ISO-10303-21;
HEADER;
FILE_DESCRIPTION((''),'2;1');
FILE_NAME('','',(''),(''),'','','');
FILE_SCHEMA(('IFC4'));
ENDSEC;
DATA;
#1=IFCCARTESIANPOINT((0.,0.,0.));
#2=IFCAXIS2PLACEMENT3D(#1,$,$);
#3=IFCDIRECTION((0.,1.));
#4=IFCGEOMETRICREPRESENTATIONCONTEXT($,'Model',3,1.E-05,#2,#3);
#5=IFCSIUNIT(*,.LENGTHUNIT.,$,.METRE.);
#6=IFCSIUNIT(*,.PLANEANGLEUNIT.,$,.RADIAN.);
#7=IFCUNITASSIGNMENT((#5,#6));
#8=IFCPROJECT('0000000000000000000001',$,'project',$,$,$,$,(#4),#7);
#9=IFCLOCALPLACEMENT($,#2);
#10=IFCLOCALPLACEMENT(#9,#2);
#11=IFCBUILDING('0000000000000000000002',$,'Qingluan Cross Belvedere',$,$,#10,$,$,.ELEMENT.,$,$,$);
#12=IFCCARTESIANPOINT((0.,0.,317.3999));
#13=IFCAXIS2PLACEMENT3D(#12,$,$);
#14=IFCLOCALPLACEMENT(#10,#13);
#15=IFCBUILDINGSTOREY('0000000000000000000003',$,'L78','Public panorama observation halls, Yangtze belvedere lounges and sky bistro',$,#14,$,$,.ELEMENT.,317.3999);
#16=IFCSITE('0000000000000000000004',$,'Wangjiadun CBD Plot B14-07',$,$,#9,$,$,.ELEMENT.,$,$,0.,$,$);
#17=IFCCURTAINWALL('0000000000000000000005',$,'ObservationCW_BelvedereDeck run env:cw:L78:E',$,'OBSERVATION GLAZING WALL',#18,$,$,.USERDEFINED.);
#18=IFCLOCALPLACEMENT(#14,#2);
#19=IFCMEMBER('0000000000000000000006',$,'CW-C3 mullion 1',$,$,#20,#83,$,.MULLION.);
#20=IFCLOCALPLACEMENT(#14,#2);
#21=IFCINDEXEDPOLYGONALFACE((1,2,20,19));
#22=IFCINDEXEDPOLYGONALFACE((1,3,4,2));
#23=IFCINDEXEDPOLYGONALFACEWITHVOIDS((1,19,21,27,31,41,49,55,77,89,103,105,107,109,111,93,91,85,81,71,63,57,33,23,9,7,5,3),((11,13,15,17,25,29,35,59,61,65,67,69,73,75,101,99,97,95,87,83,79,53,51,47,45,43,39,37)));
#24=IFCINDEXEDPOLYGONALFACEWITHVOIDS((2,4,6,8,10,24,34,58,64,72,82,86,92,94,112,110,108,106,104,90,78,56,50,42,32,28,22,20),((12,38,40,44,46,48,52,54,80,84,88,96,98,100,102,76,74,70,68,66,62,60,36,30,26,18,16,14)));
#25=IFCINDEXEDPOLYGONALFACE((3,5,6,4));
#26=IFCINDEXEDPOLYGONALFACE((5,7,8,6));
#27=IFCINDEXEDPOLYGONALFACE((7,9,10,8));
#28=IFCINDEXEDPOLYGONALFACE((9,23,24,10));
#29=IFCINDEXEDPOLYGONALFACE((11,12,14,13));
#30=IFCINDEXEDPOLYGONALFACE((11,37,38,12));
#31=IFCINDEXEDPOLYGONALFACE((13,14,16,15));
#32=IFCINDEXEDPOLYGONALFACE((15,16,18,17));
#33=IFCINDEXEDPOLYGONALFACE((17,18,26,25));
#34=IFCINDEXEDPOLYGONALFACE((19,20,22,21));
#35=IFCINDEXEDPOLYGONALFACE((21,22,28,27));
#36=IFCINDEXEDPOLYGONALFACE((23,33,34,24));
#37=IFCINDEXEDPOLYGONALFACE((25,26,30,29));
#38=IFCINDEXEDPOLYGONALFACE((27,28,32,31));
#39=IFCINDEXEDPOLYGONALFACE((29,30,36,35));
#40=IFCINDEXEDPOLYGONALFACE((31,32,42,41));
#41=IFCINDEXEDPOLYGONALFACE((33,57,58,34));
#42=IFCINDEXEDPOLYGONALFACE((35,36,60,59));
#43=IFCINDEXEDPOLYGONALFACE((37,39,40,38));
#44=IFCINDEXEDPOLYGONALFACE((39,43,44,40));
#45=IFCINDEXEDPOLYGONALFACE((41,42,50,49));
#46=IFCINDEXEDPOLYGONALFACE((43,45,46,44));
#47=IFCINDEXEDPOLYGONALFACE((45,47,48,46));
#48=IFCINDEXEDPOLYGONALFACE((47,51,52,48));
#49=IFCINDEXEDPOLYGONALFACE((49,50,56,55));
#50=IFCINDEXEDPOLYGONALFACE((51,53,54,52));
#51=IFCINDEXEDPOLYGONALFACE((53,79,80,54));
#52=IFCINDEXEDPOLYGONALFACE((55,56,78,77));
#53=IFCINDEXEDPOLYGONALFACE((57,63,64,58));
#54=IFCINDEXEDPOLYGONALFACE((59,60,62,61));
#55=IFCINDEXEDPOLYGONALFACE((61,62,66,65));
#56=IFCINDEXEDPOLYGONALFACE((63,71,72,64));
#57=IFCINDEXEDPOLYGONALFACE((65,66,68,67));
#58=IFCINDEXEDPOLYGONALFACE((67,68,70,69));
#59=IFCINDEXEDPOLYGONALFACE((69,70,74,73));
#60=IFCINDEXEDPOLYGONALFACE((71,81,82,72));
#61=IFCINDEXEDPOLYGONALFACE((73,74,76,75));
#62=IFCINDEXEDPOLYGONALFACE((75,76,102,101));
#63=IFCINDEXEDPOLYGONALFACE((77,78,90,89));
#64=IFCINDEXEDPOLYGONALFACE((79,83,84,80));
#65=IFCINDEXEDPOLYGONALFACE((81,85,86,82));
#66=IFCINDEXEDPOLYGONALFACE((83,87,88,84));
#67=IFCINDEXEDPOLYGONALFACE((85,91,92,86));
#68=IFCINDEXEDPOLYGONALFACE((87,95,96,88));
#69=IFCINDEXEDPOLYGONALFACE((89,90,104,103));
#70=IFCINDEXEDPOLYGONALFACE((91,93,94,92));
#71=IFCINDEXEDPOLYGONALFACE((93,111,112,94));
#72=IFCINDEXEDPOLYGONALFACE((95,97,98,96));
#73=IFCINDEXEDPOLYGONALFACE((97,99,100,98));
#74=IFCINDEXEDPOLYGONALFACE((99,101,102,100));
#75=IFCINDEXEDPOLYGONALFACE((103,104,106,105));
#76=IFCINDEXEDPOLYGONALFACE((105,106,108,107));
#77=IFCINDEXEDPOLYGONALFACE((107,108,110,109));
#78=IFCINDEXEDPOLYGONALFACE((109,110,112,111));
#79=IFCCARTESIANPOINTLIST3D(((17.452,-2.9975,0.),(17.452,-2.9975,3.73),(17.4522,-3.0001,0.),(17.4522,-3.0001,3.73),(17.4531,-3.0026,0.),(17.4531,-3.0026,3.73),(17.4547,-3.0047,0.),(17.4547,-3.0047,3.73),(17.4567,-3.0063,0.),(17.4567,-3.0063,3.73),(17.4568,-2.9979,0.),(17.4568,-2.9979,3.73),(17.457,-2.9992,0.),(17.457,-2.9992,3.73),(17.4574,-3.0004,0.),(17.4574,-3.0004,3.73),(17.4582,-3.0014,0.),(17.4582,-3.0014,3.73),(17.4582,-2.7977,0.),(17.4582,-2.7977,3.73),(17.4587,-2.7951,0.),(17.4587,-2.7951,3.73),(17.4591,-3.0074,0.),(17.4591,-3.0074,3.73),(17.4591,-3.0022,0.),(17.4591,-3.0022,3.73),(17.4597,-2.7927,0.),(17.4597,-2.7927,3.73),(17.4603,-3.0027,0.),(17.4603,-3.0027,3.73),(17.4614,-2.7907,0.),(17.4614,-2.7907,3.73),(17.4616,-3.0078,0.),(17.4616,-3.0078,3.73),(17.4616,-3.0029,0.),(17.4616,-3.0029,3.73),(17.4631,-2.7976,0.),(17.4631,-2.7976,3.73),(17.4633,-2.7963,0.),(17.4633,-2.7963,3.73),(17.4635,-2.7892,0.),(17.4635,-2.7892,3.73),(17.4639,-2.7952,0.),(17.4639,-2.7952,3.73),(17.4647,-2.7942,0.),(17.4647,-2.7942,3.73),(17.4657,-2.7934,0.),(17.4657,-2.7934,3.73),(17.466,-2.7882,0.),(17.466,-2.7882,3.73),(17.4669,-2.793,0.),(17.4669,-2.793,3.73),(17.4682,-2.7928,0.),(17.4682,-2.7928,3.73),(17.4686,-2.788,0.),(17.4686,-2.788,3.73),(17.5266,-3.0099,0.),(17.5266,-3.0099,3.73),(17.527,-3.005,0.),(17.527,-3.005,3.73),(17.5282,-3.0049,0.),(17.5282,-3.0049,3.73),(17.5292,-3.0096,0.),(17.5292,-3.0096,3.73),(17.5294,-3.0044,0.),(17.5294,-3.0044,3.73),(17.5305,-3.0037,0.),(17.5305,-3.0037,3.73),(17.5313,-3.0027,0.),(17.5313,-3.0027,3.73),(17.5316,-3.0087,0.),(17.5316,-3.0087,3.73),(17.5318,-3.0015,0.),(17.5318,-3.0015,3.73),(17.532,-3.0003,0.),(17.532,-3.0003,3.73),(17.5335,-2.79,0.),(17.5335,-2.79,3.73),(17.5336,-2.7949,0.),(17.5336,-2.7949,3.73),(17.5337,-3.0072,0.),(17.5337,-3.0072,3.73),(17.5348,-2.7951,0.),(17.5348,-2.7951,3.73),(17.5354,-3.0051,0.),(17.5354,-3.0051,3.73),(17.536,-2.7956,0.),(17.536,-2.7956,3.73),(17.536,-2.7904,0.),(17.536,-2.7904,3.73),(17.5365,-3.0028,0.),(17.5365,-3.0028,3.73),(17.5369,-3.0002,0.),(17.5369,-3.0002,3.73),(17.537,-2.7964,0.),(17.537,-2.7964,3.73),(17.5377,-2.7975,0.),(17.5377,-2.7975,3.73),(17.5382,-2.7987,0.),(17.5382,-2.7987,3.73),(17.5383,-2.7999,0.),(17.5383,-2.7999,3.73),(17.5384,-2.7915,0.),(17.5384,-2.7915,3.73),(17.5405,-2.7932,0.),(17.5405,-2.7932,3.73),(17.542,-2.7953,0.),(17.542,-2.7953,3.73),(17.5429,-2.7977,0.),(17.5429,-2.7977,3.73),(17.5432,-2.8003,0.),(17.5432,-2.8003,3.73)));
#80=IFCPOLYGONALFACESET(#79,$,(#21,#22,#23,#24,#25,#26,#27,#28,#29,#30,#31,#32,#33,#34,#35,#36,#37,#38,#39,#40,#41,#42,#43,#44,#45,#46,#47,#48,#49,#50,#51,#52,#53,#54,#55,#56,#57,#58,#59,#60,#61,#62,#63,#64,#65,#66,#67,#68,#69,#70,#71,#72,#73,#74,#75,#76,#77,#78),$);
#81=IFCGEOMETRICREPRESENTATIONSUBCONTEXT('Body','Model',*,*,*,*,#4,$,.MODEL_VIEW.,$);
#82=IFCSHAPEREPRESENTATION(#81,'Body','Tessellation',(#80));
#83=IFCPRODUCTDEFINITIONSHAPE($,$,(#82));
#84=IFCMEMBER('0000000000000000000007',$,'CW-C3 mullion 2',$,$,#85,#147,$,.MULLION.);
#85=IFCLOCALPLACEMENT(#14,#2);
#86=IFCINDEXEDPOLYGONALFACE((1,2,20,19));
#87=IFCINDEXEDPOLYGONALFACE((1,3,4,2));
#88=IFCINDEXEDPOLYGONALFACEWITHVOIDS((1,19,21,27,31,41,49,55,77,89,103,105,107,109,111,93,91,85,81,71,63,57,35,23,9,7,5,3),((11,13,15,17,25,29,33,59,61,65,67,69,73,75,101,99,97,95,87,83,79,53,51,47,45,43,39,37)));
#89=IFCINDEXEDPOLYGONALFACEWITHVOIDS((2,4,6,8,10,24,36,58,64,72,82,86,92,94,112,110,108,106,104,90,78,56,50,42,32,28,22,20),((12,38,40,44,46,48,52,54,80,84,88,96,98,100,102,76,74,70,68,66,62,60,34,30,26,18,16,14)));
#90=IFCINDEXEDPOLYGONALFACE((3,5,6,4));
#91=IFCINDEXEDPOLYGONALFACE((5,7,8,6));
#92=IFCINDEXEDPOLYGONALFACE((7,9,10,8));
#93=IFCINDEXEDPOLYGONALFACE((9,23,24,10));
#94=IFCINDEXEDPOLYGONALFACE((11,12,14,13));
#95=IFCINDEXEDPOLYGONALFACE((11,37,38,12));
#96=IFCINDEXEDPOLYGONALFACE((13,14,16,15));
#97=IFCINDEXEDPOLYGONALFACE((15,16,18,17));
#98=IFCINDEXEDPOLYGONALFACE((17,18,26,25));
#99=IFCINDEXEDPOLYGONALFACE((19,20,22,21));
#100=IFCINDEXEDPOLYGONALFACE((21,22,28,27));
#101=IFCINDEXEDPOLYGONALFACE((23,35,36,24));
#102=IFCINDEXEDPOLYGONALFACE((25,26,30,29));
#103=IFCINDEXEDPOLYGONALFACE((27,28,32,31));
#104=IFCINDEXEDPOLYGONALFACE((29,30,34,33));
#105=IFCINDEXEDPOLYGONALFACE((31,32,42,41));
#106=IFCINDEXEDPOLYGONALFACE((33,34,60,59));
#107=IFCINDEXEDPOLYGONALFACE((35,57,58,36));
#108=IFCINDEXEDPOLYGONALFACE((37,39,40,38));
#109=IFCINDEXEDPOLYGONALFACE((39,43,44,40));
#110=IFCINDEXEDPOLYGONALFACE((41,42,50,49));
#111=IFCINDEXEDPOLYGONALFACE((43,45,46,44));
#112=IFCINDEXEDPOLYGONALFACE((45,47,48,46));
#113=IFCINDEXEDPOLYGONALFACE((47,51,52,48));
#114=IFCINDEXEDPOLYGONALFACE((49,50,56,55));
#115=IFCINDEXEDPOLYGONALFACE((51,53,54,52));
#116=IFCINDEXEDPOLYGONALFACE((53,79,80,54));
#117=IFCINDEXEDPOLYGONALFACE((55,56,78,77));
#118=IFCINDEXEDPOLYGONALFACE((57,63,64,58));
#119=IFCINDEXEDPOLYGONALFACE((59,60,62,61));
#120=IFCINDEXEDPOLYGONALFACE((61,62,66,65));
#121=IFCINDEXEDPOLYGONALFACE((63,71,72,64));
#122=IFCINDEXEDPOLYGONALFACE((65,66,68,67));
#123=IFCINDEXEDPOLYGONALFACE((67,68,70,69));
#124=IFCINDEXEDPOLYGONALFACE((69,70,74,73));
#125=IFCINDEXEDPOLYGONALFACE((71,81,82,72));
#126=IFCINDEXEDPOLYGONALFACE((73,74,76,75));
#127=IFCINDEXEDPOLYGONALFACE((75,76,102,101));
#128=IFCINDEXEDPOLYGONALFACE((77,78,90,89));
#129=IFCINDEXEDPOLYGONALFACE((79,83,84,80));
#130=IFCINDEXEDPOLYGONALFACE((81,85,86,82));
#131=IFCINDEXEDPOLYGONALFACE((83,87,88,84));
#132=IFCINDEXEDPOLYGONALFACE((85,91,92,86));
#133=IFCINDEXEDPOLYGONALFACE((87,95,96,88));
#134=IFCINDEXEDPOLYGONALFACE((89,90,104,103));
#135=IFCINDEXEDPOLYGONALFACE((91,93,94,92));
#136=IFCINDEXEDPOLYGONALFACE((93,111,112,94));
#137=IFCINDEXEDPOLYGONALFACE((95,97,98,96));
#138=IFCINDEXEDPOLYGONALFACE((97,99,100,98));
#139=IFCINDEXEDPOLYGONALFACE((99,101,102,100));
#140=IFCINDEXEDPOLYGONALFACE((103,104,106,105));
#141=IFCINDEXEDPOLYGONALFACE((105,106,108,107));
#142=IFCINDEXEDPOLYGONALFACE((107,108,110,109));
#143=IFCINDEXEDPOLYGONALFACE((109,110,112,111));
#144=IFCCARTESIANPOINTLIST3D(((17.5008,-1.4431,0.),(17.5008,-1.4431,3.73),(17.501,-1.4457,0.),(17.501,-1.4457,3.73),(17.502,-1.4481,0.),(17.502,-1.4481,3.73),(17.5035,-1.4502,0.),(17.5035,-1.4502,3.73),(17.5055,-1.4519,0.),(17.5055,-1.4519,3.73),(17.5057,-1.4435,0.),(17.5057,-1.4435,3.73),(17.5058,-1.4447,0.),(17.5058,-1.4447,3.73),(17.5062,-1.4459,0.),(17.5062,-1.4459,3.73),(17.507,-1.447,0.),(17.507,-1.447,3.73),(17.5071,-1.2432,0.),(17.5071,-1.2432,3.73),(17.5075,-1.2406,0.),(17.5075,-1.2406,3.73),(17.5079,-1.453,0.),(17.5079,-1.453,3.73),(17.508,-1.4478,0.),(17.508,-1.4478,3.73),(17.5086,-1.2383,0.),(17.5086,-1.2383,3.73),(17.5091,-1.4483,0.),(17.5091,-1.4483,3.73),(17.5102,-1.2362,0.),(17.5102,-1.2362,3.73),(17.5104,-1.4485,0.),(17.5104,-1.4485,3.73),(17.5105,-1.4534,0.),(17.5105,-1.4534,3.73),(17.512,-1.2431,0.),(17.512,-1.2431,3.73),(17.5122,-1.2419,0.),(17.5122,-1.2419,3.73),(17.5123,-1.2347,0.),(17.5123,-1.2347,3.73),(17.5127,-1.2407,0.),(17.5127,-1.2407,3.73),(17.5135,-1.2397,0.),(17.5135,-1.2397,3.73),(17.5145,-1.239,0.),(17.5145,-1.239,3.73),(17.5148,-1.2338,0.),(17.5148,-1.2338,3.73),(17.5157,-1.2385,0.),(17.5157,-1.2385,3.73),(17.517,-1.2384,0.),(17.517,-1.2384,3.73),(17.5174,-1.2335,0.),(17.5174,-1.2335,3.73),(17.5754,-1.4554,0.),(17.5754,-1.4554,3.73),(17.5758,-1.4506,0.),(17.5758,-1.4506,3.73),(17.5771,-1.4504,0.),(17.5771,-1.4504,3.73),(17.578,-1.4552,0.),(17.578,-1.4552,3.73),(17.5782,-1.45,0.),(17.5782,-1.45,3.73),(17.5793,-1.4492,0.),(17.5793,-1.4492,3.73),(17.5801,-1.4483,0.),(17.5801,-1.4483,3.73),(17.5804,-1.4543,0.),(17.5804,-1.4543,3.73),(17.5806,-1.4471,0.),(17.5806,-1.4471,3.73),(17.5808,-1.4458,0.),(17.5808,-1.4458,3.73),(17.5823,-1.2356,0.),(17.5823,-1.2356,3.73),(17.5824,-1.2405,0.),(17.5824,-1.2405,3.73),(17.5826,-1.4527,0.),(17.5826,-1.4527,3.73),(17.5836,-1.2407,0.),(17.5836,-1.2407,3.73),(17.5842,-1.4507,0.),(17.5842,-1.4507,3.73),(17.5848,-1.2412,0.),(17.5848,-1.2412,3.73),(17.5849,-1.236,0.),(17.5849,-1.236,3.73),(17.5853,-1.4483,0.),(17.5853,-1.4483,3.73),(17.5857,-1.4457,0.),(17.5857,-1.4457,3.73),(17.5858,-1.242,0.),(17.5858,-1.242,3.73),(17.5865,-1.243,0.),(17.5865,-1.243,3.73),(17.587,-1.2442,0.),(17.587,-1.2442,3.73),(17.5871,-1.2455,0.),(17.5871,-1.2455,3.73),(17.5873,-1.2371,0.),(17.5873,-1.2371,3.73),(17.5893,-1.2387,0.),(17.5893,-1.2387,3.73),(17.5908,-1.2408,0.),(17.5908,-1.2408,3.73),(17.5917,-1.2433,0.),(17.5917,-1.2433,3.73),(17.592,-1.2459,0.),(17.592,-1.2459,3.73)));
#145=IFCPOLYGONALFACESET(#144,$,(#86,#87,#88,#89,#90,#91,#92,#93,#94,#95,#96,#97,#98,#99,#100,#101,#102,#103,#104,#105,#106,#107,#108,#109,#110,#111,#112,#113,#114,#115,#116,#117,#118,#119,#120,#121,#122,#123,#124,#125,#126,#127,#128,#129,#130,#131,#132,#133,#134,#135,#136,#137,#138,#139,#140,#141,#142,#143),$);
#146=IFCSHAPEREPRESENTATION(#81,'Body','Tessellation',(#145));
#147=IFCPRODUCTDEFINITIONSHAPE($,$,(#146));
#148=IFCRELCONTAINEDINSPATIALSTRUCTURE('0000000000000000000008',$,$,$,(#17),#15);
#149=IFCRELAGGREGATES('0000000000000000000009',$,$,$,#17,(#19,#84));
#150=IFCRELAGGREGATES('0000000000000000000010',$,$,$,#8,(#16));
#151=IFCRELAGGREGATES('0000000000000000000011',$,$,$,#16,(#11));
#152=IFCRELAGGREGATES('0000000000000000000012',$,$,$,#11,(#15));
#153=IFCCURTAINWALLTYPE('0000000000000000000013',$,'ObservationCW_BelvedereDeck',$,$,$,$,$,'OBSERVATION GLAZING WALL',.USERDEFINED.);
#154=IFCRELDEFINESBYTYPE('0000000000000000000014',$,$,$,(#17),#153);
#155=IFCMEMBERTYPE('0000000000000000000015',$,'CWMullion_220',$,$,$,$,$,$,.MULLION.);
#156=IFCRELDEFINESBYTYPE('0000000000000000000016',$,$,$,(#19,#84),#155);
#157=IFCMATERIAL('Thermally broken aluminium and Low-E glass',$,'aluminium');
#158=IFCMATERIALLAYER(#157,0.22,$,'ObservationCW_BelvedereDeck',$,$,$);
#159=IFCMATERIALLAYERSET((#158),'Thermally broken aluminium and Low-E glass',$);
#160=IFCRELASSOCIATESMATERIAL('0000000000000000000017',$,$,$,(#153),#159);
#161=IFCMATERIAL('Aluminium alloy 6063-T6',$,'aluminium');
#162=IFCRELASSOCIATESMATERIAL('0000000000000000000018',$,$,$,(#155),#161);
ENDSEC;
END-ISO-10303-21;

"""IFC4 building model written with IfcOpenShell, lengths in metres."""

from ifc_helpers import new_model, si_unit, direction, frame, origin, origin_2d, place, context, subcontext, project, spatial, hollow_rectangle, extrude, material, layer, layer_set, material_profile, profile_set, type_object, element, aggregate, save


model = new_model("IFC4")

# Units and contexts
model_context = context("Model", 3, precision=1e-05, world=origin(), true_north=direction((0.0, 1.0)))
body_context = subcontext(model_context, "Body", "Model", "MODEL_VIEW")
ifc_project = project(units=[si_unit("LENGTHUNIT", "METRE"), si_unit("PLANEANGLEUNIT", "RADIAN")], contexts=[model_context])

# Site, building, storey
site_placement = place(None, origin())
site = spatial("IfcSite", under=ifc_project, at=site_placement, Name="Wangjiadun CBD Plot B14-07", CompositionType="ELEMENT", RefElevation=0.0)
building_placement = place(site_placement, origin())
building = spatial("IfcBuilding", under=site, at=building_placement, Name="Qingluan Cross Belvedere", CompositionType="ELEMENT")
storey_placement = place(building_placement, frame((0.0, 0.0, 317.3999)))
storey = spatial("IfcBuildingStorey", under=building, at=storey_placement, Name="L78", Description="Public panorama observation halls, Yangtze belvedere lounges and sky bistro", CompositionType="ELEMENT", Elevation=317.3999)

# Curtain wall, members
ifc_material_1 = material(Name="Thermally broken aluminium and Low-E glass", Category="aluminium")
ifc_layer_1 = layer(ifc_material_1, 0.22, Name="ObservationCW_BelvedereDeck")
ifc_layer_set_1 = layer_set([ifc_layer_1], Name="Thermally broken aluminium and Low-E glass")
curtain_wall_type = type_object("IfcCurtainWallType", Name="ObservationCW_BelvedereDeck", ElementType="OBSERVATION GLAZING WALL", PredefinedType="USERDEFINED", material=ifc_layer_set_1)
curtain_wall_placement = place(storey_placement, origin())
curtain_wall = element("IfcCurtainWall", 1, at=curtain_wall_placement, inside=storey, type_object=curtain_wall_type, Name="ObservationCW_BelvedereDeck run env:cw:L78:E", ObjectType="OBSERVATION GLAZING WALL", PredefinedType="USERDEFINED")
ifc_material_2 = material(Name="Aluminium alloy 6063-T6", Category="aluminium")
ifc_material_profile_1 = material_profile(ifc_material_2, hollow_rectangle(XDim=0.085, YDim=0.22, WallThickness=0.0049, InnerFilletRadius=0.0049, OuterFilletRadius=0.01, at=origin_2d()), Name="CWM220x85x5")
ifc_profile_set_1 = profile_set([ifc_material_profile_1], Name="Aluminium alloy 6063-T6")
member_type_1 = type_object("IfcMemberType", Name="CWMullion_220", PredefinedType="MULLION", material=ifc_profile_set_1)
member_1_placement = place(storey_placement, frame((17.4976, -2.8989, 0.0), z_axis=(0.0, 0.0, 1.0), x_axis=(-0.999506, 0.031413, 0.0)))
member_1 = element("IfcMember", 2, at=member_1_placement, type_object=member_type_1, Name="CW-C3 mullion 1", PredefinedType="MULLION", context=body_context, shape_type="SweptSolid", body=[
    extrude(hollow_rectangle(XDim=0.085, YDim=0.22, WallThickness=0.0049, InnerFilletRadius=0.0049, OuterFilletRadius=0.01, at=origin_2d()), origin(), (0.0, 0.0, 1.0), 3.73),
])
member_2_placement = place(storey_placement, frame((17.5464, -1.3445, 0.0), z_axis=(0.0, 0.0, 1.0), x_axis=(-0.999506, 0.031413, 0.0)))
member_2 = element("IfcMember", 3, at=member_2_placement, type_object=member_type_1, Name="CW-C3 mullion 2", PredefinedType="MULLION", context=body_context, shape_type="SweptSolid", body=[
    extrude(hollow_rectangle(XDim=0.085, YDim=0.22, WallThickness=0.0049, InnerFilletRadius=0.0049, OuterFilletRadius=0.01, at=origin_2d()), origin(), (0.0, 0.0, 1.0), 3.73),
])
aggregate(curtain_wall, [member_1, member_2])

save(model, "model.ifc")
